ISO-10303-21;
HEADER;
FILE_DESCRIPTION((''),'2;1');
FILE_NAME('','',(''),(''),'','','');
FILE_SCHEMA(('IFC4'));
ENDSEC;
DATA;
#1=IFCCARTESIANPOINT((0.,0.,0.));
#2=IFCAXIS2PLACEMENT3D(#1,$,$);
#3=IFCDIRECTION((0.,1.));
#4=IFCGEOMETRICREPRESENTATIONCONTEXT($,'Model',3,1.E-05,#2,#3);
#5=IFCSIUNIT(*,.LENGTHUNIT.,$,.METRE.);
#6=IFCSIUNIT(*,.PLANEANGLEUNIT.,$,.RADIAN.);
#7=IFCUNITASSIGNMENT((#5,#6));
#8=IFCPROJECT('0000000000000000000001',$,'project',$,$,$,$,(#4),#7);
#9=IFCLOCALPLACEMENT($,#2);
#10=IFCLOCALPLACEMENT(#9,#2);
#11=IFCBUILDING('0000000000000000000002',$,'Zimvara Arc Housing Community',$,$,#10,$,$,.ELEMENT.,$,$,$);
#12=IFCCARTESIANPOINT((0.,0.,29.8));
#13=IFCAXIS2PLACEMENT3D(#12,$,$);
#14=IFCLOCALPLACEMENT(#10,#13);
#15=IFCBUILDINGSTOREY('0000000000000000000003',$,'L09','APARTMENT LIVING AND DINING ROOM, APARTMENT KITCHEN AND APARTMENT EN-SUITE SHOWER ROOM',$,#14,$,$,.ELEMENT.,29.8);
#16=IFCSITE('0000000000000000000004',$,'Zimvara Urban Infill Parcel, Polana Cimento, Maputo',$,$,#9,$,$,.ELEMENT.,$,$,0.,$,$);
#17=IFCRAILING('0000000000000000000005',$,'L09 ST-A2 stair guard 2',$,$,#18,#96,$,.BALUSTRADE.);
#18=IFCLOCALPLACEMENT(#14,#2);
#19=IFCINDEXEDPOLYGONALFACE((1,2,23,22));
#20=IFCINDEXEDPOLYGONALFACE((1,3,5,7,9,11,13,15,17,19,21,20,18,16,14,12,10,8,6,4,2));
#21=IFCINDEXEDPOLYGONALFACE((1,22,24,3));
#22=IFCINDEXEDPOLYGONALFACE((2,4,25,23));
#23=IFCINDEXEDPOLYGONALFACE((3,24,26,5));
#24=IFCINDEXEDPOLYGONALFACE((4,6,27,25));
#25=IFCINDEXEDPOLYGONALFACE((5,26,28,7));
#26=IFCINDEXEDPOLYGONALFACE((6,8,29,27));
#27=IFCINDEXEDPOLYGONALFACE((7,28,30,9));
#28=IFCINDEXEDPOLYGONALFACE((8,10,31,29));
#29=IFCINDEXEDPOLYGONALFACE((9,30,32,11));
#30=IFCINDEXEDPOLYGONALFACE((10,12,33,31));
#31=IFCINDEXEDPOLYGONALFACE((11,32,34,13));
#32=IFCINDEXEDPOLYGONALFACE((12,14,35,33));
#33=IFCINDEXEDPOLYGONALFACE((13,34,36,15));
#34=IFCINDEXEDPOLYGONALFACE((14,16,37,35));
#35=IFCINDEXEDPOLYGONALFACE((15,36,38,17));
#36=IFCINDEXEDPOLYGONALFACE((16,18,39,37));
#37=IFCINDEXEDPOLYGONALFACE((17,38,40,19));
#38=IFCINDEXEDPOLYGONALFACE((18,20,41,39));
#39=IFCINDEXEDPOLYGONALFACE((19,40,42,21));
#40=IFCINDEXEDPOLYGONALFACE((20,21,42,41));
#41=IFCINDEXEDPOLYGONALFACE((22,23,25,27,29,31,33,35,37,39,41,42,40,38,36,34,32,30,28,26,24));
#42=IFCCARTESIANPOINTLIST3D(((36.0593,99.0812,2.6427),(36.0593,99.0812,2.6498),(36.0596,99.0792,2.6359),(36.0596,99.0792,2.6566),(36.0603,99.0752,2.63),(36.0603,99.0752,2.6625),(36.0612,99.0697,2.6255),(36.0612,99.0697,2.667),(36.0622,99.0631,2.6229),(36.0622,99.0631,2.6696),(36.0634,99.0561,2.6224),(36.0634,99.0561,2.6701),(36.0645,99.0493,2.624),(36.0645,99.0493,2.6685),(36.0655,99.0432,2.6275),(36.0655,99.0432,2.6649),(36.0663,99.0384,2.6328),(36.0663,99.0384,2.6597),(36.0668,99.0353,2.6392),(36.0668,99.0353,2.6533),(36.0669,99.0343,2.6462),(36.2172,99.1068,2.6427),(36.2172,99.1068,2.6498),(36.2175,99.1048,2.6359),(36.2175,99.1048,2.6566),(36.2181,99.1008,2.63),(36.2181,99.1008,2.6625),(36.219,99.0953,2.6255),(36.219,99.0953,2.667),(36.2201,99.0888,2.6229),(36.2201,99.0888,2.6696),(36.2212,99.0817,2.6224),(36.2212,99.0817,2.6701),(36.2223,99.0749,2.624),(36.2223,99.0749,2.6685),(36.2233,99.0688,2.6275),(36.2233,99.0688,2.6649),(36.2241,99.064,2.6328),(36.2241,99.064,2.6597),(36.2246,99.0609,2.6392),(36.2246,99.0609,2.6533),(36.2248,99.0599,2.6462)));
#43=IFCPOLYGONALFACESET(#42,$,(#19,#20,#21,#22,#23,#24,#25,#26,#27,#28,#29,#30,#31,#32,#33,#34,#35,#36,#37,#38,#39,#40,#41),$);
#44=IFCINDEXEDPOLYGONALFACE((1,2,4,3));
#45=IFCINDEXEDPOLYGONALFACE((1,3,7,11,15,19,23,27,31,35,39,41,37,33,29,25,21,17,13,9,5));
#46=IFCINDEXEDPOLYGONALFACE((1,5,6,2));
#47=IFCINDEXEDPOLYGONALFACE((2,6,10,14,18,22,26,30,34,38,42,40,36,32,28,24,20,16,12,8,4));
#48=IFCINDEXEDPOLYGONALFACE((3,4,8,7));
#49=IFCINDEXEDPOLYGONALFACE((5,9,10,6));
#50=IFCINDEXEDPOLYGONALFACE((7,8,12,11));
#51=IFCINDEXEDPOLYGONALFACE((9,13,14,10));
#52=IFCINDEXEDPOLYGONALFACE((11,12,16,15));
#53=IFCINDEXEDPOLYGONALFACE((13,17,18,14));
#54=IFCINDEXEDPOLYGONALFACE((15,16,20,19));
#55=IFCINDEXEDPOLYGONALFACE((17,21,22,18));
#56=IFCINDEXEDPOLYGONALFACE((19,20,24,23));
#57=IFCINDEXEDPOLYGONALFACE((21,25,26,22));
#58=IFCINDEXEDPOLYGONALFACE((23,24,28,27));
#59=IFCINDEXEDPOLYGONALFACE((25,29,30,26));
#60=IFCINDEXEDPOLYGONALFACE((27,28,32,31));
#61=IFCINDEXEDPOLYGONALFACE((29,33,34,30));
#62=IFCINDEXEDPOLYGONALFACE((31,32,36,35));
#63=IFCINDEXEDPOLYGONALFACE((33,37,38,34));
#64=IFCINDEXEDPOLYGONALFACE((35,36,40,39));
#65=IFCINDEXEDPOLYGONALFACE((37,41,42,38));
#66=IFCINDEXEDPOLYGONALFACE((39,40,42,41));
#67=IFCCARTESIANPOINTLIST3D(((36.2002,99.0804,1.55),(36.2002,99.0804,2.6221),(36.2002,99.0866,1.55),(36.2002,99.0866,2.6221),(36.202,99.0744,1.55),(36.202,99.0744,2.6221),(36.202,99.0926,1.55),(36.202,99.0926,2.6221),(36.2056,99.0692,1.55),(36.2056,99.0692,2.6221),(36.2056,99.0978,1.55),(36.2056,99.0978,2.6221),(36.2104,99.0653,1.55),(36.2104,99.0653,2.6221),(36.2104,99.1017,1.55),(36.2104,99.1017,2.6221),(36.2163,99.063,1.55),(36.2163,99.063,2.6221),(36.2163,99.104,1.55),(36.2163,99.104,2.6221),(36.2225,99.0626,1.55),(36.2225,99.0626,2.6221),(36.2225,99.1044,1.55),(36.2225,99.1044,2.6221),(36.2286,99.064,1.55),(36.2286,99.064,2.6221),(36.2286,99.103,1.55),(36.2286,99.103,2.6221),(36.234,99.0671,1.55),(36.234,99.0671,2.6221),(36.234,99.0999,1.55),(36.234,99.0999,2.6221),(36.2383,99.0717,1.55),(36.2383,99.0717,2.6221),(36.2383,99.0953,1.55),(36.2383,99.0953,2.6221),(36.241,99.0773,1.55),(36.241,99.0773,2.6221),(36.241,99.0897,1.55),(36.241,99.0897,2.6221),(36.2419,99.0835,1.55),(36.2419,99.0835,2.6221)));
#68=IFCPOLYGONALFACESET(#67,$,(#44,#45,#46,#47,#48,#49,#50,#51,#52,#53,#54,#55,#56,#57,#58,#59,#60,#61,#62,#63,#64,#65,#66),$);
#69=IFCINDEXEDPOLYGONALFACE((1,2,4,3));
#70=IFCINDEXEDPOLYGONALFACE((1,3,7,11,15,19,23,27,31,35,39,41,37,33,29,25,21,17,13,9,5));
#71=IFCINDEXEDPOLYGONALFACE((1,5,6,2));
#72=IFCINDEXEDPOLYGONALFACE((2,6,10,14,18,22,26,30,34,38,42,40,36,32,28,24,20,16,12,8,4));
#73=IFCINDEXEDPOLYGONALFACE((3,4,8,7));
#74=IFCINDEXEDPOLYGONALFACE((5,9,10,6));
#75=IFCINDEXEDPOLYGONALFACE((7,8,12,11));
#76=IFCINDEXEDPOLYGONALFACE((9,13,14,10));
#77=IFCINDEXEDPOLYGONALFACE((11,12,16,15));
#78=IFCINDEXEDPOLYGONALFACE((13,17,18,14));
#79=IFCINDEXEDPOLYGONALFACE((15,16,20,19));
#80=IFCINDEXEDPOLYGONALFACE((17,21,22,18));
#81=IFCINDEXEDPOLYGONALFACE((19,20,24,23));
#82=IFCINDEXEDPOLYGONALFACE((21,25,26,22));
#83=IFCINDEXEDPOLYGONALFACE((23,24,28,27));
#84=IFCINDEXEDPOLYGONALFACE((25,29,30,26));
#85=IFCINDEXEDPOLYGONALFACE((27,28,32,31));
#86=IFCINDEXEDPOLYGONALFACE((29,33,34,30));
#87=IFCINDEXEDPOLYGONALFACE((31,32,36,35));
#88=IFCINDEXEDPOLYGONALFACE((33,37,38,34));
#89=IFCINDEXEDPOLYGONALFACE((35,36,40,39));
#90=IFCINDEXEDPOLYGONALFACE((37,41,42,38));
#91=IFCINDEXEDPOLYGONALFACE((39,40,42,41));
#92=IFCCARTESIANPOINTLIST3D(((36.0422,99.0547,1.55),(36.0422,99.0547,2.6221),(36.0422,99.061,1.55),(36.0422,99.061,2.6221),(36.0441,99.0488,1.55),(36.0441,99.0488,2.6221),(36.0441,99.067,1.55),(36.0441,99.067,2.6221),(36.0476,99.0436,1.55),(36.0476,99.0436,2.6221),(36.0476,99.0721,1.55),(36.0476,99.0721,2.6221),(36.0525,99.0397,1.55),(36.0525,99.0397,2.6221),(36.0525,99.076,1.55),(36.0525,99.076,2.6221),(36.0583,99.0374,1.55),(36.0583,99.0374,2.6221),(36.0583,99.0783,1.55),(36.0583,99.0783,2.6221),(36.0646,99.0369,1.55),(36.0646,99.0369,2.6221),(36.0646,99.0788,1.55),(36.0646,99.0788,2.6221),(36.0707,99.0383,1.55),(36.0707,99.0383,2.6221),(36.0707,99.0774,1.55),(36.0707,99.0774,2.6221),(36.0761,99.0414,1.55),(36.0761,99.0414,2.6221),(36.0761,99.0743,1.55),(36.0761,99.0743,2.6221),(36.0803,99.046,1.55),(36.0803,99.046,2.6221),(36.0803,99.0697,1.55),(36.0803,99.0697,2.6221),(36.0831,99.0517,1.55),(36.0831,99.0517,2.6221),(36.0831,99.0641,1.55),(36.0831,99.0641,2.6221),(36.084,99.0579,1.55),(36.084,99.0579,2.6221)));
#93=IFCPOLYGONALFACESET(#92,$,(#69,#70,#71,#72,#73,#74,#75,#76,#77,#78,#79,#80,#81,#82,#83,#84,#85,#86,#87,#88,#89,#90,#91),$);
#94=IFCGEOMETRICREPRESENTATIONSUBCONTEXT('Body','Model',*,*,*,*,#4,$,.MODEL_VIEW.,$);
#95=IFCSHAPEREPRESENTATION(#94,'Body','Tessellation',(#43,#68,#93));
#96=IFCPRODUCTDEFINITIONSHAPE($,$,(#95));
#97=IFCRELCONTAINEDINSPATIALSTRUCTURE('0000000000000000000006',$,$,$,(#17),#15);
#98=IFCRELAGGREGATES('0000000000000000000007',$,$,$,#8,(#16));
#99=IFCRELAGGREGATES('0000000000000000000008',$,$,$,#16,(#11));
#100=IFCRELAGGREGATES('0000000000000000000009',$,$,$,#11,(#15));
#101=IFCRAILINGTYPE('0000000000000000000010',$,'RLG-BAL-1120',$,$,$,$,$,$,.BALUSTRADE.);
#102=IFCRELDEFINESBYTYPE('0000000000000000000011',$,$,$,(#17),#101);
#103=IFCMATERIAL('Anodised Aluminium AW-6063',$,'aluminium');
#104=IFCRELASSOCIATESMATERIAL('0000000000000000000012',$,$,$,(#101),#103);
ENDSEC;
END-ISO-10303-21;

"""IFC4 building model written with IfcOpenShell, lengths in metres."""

from ifc_helpers import new_model, si_unit, direction, frame, origin, origin_2d, place, context, subcontext, project, spatial, circle, extrude, material, type_object, element, save


model = new_model("IFC4")

# Units and contexts
model_context = context("Model", 3, precision=1e-05, world=origin(), true_north=direction((0.0, 1.0)))
body_context = subcontext(model_context, "Body", "Model", "MODEL_VIEW")
ifc_project = project(units=[si_unit("LENGTHUNIT", "METRE"), si_unit("PLANEANGLEUNIT", "RADIAN")], contexts=[model_context])

# Site, building, storey
site_placement = place(None, origin())
site = spatial("IfcSite", under=ifc_project, at=site_placement, Name="Zimvara Urban Infill Parcel, Polana Cimento, Maputo", CompositionType="ELEMENT", RefElevation=0.0)
building_placement = place(site_placement, origin())
building = spatial("IfcBuilding", under=site, at=building_placement, Name="Zimvara Arc Housing Community", CompositionType="ELEMENT")
storey_placement = place(building_placement, frame((0.0, 0.0, 29.8)))
storey = spatial("IfcBuildingStorey", under=building, at=storey_placement, Name="L09", Description="APARTMENT LIVING AND DINING ROOM, APARTMENT KITCHEN AND APARTMENT EN-SUITE SHOWER ROOM", CompositionType="ELEMENT", Elevation=29.8)

# Railing
ifc_material_1 = material(Name="Anodised Aluminium AW-6063", Category="aluminium")
railing_type_1 = type_object("IfcRailingType", Name="RLG-BAL-1120", PredefinedType="BALUSTRADE", material=ifc_material_1)
railing_1_placement = place(storey_placement, frame((36.2209, 99.0835, 1.55)))
element("IfcRailing", 1, at=railing_1_placement, inside=storey, type_object=railing_type_1, Name="L09 ST-A2 stair guard 2", PredefinedType="BALUSTRADE", context=body_context, shape_type="SweptSolid", body=[
    extrude(circle(Radius=0.0239, at=origin_2d()), frame((0.0, 0.0, 1.0962), z_axis=(-0.987086, -0.160192, 0.0), x_axis=(0.160192, -0.987086, 0.0)), (0.0, 0.0, 1.0), 0.1599),
    extrude(circle(Radius=0.021, at=origin_2d()), origin(), (0.0, 0.0, 1.0), 1.072),
    extrude(circle(Radius=0.021, at=origin_2d()), frame((-0.158, -0.0256, 0.0)), (0.0, 0.0, 1.0), 1.072),
])

save(model, "model.ifc")
